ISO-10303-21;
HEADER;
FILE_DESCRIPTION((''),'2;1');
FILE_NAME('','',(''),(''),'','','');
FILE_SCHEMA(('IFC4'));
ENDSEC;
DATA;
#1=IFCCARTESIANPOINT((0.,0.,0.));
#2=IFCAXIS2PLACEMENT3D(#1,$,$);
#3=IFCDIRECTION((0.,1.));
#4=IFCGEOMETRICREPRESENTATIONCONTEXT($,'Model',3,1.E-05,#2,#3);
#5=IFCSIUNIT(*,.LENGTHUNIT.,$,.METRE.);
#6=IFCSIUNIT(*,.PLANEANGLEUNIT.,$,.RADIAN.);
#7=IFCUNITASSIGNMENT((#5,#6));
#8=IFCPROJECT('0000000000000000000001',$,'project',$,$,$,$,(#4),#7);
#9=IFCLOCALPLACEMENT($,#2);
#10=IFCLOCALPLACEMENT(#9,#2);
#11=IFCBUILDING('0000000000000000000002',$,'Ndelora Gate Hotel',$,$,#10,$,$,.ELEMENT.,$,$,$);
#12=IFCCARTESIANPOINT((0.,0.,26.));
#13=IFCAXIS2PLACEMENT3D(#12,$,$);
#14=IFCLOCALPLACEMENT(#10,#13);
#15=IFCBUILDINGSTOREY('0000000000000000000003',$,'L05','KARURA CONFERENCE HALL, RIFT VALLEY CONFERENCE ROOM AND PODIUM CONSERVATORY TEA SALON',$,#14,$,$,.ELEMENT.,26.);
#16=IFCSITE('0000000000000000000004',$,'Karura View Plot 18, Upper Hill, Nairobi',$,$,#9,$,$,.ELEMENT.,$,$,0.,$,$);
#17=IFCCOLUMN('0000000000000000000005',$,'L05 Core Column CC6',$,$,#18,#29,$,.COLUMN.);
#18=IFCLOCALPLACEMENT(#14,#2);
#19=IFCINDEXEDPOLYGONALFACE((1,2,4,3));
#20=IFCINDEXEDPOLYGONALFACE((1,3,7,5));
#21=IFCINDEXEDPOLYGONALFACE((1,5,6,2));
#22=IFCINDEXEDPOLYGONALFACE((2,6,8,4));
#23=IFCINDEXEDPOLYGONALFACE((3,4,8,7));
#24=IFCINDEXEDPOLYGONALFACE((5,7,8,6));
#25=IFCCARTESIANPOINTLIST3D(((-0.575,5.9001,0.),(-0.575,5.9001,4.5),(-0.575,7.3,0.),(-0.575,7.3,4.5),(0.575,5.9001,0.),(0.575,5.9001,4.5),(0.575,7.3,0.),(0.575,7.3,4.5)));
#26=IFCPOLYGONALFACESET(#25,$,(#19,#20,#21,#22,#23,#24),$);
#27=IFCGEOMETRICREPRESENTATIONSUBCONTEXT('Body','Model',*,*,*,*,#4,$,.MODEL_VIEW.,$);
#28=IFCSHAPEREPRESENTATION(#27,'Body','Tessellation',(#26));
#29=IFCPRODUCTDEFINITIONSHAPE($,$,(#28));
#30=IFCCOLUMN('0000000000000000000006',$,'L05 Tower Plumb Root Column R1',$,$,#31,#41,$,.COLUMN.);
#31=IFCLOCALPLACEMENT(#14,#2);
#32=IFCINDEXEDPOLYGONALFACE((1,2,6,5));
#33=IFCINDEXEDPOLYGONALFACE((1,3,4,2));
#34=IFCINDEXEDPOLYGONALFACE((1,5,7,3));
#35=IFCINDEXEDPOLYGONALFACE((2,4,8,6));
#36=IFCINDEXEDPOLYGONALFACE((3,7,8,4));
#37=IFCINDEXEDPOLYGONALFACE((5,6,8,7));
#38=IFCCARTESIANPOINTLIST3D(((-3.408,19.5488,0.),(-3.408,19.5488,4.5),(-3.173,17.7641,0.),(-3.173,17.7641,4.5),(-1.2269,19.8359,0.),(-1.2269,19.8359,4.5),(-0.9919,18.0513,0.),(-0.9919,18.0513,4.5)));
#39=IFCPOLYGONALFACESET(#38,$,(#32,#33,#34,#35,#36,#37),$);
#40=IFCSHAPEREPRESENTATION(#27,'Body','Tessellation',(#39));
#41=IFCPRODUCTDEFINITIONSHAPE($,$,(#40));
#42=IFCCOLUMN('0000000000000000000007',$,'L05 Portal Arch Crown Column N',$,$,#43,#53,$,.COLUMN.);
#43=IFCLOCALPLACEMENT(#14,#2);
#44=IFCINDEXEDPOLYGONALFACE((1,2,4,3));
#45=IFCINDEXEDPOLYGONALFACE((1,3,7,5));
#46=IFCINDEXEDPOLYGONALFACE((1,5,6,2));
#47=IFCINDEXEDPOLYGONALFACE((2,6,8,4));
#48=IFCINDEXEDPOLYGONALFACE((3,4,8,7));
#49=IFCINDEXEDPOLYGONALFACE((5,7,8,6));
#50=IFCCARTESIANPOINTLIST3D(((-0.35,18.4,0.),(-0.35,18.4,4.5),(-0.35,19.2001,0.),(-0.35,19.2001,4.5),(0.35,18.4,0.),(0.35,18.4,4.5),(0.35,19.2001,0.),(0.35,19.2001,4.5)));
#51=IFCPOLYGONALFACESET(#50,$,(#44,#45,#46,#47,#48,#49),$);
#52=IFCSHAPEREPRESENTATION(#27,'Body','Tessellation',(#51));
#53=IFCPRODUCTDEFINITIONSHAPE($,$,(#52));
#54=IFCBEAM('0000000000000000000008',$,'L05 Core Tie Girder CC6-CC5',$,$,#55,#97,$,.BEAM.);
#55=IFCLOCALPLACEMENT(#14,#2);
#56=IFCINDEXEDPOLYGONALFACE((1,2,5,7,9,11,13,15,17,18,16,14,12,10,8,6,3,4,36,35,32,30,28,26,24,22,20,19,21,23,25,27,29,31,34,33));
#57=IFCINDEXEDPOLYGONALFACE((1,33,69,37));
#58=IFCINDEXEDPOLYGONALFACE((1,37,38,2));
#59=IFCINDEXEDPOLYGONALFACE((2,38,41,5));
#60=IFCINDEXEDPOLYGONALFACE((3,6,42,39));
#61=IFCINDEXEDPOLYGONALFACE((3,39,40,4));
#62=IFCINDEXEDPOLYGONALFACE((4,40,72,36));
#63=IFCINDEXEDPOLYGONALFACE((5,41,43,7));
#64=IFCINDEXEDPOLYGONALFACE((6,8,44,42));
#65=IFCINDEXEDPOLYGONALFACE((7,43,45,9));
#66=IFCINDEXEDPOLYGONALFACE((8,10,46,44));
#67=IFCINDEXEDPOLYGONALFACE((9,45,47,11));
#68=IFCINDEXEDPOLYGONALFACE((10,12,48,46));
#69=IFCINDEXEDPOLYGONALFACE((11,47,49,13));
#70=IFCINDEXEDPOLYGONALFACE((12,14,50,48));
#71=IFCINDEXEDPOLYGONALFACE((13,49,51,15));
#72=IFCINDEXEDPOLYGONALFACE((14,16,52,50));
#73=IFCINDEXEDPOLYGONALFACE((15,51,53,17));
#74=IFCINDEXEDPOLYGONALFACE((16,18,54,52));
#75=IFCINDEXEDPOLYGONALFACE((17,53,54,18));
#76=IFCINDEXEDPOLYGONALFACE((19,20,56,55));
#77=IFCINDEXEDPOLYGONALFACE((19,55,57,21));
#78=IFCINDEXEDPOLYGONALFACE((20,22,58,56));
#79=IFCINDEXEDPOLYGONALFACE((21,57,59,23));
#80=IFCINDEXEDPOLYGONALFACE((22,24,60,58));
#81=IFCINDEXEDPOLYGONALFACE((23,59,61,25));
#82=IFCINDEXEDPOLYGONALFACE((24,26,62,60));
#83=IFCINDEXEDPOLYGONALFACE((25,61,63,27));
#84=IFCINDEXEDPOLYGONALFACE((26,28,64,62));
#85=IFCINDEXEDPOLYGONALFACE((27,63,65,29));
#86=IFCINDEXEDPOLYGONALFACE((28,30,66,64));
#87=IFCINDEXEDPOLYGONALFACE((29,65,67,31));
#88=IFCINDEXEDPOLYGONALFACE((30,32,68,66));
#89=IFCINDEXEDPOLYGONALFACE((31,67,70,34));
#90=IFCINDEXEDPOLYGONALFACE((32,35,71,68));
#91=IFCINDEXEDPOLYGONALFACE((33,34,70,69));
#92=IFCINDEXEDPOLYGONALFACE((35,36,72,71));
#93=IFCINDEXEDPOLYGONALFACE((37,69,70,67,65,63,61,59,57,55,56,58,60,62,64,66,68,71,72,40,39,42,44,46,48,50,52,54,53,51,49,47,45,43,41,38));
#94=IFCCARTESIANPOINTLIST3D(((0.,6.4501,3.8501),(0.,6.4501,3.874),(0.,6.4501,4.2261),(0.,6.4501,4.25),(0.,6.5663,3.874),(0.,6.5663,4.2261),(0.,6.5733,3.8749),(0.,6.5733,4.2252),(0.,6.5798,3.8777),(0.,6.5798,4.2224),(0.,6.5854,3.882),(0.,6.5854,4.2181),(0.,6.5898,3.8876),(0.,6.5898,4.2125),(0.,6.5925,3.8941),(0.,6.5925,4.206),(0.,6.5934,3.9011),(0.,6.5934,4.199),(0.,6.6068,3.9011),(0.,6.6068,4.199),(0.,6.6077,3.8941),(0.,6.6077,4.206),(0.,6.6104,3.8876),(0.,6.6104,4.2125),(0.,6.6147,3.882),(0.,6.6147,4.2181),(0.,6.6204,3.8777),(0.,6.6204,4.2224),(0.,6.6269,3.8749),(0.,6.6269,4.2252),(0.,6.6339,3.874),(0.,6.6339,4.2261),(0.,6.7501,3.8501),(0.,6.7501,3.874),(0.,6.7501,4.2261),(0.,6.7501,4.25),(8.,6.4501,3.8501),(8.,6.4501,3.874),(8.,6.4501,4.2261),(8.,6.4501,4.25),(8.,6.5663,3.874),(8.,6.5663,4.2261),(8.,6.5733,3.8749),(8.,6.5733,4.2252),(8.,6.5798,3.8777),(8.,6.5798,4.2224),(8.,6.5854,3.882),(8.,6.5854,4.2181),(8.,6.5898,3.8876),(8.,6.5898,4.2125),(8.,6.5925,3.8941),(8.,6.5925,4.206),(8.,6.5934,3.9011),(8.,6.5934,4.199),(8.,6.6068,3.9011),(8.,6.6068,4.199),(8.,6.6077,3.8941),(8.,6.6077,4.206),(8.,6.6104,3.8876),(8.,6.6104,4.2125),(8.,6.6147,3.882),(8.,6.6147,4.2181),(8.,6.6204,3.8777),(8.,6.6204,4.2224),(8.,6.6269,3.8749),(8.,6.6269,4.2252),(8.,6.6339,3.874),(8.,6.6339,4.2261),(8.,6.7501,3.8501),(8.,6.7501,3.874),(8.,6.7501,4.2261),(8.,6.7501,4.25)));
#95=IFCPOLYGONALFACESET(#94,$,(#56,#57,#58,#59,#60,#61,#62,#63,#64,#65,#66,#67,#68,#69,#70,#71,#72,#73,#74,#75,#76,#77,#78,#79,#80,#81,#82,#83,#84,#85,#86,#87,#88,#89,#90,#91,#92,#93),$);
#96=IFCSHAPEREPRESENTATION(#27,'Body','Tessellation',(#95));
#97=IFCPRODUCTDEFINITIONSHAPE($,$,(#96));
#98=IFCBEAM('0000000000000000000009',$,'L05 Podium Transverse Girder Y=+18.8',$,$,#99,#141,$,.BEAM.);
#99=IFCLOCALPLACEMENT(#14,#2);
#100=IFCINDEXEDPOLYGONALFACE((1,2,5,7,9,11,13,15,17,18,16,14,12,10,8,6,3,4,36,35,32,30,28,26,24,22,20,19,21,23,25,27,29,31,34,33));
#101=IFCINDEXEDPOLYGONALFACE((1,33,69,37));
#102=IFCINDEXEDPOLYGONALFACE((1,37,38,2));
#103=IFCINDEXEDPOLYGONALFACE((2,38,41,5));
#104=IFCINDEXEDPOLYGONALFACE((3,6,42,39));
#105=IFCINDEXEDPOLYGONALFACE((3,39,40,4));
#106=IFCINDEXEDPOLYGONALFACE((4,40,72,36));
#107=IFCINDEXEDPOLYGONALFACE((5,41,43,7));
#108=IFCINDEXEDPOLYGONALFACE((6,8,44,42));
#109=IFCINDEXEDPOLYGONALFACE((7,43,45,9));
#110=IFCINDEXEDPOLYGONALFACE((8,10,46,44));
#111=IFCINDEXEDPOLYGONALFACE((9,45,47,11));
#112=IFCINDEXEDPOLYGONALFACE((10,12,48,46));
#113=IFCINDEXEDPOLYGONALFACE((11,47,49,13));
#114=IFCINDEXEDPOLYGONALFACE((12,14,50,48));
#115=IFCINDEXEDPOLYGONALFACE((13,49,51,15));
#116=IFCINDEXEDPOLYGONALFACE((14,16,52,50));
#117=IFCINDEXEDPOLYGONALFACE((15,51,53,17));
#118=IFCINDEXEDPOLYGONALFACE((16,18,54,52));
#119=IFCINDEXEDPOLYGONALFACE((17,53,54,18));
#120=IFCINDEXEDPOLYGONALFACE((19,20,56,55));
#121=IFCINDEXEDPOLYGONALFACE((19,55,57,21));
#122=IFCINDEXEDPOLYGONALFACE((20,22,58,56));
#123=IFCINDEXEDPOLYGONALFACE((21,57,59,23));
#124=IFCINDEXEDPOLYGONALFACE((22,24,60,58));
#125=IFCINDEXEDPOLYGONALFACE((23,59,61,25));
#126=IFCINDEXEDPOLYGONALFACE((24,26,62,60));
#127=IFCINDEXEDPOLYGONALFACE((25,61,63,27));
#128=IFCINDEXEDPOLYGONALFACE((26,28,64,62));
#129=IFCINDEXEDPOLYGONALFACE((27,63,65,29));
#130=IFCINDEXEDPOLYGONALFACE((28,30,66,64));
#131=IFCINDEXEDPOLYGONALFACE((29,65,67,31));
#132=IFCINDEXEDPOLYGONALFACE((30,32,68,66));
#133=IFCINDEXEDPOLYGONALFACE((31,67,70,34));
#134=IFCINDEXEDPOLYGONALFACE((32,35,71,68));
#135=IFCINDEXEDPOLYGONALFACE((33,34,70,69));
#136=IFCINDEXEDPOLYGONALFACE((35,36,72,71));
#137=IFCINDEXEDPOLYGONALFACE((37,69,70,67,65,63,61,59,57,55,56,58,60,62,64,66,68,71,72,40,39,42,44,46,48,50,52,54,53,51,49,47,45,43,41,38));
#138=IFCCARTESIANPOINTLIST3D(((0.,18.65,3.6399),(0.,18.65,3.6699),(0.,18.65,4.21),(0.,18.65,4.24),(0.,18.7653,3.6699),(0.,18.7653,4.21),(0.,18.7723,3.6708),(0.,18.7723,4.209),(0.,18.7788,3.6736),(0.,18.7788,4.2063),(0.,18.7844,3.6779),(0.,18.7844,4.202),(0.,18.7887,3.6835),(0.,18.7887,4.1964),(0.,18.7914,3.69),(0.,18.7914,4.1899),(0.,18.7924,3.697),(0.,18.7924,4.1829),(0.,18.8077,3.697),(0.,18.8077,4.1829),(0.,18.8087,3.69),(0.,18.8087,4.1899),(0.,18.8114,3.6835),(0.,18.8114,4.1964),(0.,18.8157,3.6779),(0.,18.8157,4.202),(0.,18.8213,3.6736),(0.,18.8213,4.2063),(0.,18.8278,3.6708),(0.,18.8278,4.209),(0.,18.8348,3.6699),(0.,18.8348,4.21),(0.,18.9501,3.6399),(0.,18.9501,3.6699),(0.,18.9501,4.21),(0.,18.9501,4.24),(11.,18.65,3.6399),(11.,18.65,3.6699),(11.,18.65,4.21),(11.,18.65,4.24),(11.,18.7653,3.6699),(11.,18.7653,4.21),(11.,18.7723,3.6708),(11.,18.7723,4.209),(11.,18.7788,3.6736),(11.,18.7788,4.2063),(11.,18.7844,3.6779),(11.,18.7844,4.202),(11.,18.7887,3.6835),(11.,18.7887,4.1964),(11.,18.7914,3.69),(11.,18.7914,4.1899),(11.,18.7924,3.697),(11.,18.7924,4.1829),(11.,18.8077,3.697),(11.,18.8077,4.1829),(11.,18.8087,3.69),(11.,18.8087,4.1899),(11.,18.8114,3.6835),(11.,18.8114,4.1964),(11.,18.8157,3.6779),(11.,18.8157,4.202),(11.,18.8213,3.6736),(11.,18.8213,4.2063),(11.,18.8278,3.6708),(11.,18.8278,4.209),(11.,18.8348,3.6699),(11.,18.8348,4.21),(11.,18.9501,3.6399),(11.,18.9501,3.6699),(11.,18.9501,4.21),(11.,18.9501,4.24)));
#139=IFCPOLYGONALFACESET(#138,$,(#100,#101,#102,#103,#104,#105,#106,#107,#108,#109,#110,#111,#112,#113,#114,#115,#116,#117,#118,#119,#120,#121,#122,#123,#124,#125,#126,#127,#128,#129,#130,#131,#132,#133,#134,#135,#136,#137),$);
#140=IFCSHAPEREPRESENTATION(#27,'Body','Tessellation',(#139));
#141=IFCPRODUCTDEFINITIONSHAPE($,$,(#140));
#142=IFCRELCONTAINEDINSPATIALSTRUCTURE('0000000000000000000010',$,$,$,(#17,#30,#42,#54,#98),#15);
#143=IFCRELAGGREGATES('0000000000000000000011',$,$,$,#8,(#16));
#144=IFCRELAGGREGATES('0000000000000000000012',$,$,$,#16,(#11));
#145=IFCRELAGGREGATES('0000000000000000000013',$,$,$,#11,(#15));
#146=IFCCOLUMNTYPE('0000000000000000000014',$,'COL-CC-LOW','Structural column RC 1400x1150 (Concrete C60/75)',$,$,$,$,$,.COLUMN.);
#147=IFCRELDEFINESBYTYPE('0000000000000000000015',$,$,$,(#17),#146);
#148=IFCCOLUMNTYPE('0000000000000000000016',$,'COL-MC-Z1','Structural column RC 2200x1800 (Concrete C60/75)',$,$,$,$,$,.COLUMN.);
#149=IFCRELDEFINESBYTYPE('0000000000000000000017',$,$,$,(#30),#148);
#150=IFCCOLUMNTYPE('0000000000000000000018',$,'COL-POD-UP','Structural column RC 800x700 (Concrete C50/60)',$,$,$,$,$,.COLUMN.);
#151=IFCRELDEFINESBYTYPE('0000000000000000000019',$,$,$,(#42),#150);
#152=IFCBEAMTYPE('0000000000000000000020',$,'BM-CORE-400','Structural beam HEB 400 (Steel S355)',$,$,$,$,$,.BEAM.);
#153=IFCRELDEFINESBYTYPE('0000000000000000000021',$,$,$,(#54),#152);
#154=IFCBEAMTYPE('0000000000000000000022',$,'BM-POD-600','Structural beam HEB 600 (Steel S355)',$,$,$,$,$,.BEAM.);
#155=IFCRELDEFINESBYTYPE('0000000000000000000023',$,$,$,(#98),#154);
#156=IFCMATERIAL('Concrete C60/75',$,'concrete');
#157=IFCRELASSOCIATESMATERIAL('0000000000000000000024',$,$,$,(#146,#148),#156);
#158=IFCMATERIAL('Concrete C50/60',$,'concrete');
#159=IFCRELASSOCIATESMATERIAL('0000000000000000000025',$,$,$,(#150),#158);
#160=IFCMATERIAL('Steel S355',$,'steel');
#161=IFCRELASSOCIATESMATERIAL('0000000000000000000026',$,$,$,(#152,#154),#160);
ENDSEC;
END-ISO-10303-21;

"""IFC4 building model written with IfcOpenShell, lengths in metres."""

from ifc_helpers import new_model, si_unit, direction, frame, origin, origin_2d, place, context, subcontext, project, spatial, rectangle, i_section, extrude, material, material_profile, profile_set, type_object, element, save


model = new_model("IFC4")

# Units and contexts
model_context = context("Model", 3, precision=1e-05, world=origin(), true_north=direction((0.0, 1.0)))
body_context = subcontext(model_context, "Body", "Model", "MODEL_VIEW")
ifc_project = project(units=[si_unit("LENGTHUNIT", "METRE"), si_unit("PLANEANGLEUNIT", "RADIAN")], contexts=[model_context])

# Site, building, storey
site_placement = place(None, origin())
site = spatial("IfcSite", under=ifc_project, at=site_placement, Name="Karura View Plot 18, Upper Hill, Nairobi", CompositionType="ELEMENT", RefElevation=0.0)
building_placement = place(site_placement, origin())
building = spatial("IfcBuilding", under=site, at=building_placement, Name="Ndelora Gate Hotel", CompositionType="ELEMENT")
storey_placement = place(building_placement, frame((0.0, 0.0, 26.0)))
storey = spatial("IfcBuildingStorey", under=building, at=storey_placement, Name="L05", Description="KARURA CONFERENCE HALL, RIFT VALLEY CONFERENCE ROOM AND PODIUM CONSERVATORY TEA SALON", CompositionType="ELEMENT", Elevation=26.0)

# Columns
ifc_material_1 = material(Name="Concrete C60/75", Category="concrete")
ifc_material_profile_1 = material_profile(ifc_material_1, rectangle(XDim=1.1499, YDim=1.3999, at=origin_2d()), Name="RC 1400x1150")
ifc_profile_set_1 = profile_set([ifc_material_profile_1], Name="Concrete C60/75")
column_type_1 = type_object("IfcColumnType", Name="COL-CC-LOW", Description="Structural column RC 1400x1150 (Concrete C60/75)", PredefinedType="COLUMN", material=ifc_profile_set_1)
column_1_placement = place(storey_placement, frame((0.0, 6.6001, 0.0), z_axis=(0.0, 0.0, 1.0), x_axis=(1.0, 0.0, 0.0)))
element("IfcColumn", 1, at=column_1_placement, inside=storey, type_object=column_type_1, Name="L05 Core Column CC6", PredefinedType="COLUMN", context=body_context, shape_type="SweptSolid", body=[
    extrude(rectangle(XDim=1.1499, YDim=1.3999, at=origin_2d()), origin(), (0.0, 0.0, 1.0), 4.5),
])
ifc_material_profile_2 = material_profile(ifc_material_1, rectangle(XDim=1.8, YDim=2.2, at=origin_2d()), Name="RC 2200x1800")
ifc_profile_set_2 = profile_set([ifc_material_profile_2], Name="Concrete C60/75")
column_type_2 = type_object("IfcColumnType", Name="COL-MC-Z1", Description="Structural column RC 2200x1800 (Concrete C60/75)", PredefinedType="COLUMN", material=ifc_profile_set_2)
column_2_placement = place(storey_placement, frame((-2.2, 18.8, 0.0), z_axis=(0.0, 0.0, 1.0), x_axis=(-0.130526, 0.991445, 0.0)))
element("IfcColumn", 2, at=column_2_placement, inside=storey, type_object=column_type_2, Name="L05 Tower Plumb Root Column R1", PredefinedType="COLUMN", context=body_context, shape_type="SweptSolid", body=[
    extrude(rectangle(XDim=1.8, YDim=2.2, at=origin_2d()), origin(), (0.0, 0.0, 1.0), 4.5),
])
ifc_material_2 = material(Name="Concrete C50/60", Category="concrete")
ifc_material_profile_3 = material_profile(ifc_material_2, rectangle(XDim=0.7, YDim=0.8, at=origin_2d()), Name="RC 800x700")
ifc_profile_set_3 = profile_set([ifc_material_profile_3], Name="Concrete C50/60")
column_type_3 = type_object("IfcColumnType", Name="COL-POD-UP", Description="Structural column RC 800x700 (Concrete C50/60)", PredefinedType="COLUMN", material=ifc_profile_set_3)
column_3_placement = place(storey_placement, frame((0.0, 18.8, 0.0), z_axis=(0.0, 0.0, 1.0), x_axis=(1.0, 0.0, 0.0)))
element("IfcColumn", 3, at=column_3_placement, inside=storey, type_object=column_type_3, Name="L05 Portal Arch Crown Column N", PredefinedType="COLUMN", context=body_context, shape_type="SweptSolid", body=[
    extrude(rectangle(XDim=0.7, YDim=0.8, at=origin_2d()), origin(), (0.0, 0.0, 1.0), 4.5),
])

# Beams
ifc_material_3 = material(Name="Steel S355", Category="steel")
ifc_material_profile_4 = material_profile(ifc_material_3, i_section(OverallWidth=0.3, OverallDepth=0.3999, WebThickness=0.0134, FlangeThickness=0.0239, FilletRadius=0.0271, at=origin_2d()), Name="HEB 400")
ifc_profile_set_4 = profile_set([ifc_material_profile_4], Name="Steel S355")
beam_type_1 = type_object("IfcBeamType", Name="BM-CORE-400", Description="Structural beam HEB 400 (Steel S355)", PredefinedType="BEAM", material=ifc_profile_set_4)
beam_1_placement = place(storey_placement, frame((0.0, 6.6001, 4.05), z_axis=(1.0, 0.0, 0.0), x_axis=(0.0, 1.0, 0.0)))
element("IfcBeam", 4, at=beam_1_placement, inside=storey, type_object=beam_type_1, Name="L05 Core Tie Girder CC6-CC5", PredefinedType="BEAM", context=body_context, shape_type="SweptSolid", body=[
    extrude(i_section(OverallWidth=0.3, OverallDepth=0.3999, WebThickness=0.0134, FlangeThickness=0.0239, FilletRadius=0.0271, at=origin_2d()), origin(), (0.0, 0.0, 1.0), 8.0),
])
ifc_material_profile_5 = material_profile(ifc_material_3, i_section(OverallWidth=0.3, OverallDepth=0.6001, WebThickness=0.0154, FlangeThickness=0.03, FilletRadius=0.0271, at=origin_2d()), Name="HEB 600")
ifc_profile_set_5 = profile_set([ifc_material_profile_5], Name="Steel S355")
beam_type_2 = type_object("IfcBeamType", Name="BM-POD-600", Description="Structural beam HEB 600 (Steel S355)", PredefinedType="BEAM", material=ifc_profile_set_5)
beam_2_placement = place(storey_placement, frame((0.0, 18.8, 3.9399), z_axis=(1.0, 0.0, 0.0), x_axis=(0.0, 1.0, 0.0)))
element("IfcBeam", 5, at=beam_2_placement, inside=storey, type_object=beam_type_2, Name="L05 Podium Transverse Girder Y=+18.8", PredefinedType="BEAM", context=body_context, shape_type="SweptSolid", body=[
    extrude(i_section(OverallWidth=0.3, OverallDepth=0.6001, WebThickness=0.0154, FlangeThickness=0.03, FilletRadius=0.0271, at=origin_2d()), origin(), (0.0, 0.0, 1.0), 11.0),
])

save(model, "model.ifc")
